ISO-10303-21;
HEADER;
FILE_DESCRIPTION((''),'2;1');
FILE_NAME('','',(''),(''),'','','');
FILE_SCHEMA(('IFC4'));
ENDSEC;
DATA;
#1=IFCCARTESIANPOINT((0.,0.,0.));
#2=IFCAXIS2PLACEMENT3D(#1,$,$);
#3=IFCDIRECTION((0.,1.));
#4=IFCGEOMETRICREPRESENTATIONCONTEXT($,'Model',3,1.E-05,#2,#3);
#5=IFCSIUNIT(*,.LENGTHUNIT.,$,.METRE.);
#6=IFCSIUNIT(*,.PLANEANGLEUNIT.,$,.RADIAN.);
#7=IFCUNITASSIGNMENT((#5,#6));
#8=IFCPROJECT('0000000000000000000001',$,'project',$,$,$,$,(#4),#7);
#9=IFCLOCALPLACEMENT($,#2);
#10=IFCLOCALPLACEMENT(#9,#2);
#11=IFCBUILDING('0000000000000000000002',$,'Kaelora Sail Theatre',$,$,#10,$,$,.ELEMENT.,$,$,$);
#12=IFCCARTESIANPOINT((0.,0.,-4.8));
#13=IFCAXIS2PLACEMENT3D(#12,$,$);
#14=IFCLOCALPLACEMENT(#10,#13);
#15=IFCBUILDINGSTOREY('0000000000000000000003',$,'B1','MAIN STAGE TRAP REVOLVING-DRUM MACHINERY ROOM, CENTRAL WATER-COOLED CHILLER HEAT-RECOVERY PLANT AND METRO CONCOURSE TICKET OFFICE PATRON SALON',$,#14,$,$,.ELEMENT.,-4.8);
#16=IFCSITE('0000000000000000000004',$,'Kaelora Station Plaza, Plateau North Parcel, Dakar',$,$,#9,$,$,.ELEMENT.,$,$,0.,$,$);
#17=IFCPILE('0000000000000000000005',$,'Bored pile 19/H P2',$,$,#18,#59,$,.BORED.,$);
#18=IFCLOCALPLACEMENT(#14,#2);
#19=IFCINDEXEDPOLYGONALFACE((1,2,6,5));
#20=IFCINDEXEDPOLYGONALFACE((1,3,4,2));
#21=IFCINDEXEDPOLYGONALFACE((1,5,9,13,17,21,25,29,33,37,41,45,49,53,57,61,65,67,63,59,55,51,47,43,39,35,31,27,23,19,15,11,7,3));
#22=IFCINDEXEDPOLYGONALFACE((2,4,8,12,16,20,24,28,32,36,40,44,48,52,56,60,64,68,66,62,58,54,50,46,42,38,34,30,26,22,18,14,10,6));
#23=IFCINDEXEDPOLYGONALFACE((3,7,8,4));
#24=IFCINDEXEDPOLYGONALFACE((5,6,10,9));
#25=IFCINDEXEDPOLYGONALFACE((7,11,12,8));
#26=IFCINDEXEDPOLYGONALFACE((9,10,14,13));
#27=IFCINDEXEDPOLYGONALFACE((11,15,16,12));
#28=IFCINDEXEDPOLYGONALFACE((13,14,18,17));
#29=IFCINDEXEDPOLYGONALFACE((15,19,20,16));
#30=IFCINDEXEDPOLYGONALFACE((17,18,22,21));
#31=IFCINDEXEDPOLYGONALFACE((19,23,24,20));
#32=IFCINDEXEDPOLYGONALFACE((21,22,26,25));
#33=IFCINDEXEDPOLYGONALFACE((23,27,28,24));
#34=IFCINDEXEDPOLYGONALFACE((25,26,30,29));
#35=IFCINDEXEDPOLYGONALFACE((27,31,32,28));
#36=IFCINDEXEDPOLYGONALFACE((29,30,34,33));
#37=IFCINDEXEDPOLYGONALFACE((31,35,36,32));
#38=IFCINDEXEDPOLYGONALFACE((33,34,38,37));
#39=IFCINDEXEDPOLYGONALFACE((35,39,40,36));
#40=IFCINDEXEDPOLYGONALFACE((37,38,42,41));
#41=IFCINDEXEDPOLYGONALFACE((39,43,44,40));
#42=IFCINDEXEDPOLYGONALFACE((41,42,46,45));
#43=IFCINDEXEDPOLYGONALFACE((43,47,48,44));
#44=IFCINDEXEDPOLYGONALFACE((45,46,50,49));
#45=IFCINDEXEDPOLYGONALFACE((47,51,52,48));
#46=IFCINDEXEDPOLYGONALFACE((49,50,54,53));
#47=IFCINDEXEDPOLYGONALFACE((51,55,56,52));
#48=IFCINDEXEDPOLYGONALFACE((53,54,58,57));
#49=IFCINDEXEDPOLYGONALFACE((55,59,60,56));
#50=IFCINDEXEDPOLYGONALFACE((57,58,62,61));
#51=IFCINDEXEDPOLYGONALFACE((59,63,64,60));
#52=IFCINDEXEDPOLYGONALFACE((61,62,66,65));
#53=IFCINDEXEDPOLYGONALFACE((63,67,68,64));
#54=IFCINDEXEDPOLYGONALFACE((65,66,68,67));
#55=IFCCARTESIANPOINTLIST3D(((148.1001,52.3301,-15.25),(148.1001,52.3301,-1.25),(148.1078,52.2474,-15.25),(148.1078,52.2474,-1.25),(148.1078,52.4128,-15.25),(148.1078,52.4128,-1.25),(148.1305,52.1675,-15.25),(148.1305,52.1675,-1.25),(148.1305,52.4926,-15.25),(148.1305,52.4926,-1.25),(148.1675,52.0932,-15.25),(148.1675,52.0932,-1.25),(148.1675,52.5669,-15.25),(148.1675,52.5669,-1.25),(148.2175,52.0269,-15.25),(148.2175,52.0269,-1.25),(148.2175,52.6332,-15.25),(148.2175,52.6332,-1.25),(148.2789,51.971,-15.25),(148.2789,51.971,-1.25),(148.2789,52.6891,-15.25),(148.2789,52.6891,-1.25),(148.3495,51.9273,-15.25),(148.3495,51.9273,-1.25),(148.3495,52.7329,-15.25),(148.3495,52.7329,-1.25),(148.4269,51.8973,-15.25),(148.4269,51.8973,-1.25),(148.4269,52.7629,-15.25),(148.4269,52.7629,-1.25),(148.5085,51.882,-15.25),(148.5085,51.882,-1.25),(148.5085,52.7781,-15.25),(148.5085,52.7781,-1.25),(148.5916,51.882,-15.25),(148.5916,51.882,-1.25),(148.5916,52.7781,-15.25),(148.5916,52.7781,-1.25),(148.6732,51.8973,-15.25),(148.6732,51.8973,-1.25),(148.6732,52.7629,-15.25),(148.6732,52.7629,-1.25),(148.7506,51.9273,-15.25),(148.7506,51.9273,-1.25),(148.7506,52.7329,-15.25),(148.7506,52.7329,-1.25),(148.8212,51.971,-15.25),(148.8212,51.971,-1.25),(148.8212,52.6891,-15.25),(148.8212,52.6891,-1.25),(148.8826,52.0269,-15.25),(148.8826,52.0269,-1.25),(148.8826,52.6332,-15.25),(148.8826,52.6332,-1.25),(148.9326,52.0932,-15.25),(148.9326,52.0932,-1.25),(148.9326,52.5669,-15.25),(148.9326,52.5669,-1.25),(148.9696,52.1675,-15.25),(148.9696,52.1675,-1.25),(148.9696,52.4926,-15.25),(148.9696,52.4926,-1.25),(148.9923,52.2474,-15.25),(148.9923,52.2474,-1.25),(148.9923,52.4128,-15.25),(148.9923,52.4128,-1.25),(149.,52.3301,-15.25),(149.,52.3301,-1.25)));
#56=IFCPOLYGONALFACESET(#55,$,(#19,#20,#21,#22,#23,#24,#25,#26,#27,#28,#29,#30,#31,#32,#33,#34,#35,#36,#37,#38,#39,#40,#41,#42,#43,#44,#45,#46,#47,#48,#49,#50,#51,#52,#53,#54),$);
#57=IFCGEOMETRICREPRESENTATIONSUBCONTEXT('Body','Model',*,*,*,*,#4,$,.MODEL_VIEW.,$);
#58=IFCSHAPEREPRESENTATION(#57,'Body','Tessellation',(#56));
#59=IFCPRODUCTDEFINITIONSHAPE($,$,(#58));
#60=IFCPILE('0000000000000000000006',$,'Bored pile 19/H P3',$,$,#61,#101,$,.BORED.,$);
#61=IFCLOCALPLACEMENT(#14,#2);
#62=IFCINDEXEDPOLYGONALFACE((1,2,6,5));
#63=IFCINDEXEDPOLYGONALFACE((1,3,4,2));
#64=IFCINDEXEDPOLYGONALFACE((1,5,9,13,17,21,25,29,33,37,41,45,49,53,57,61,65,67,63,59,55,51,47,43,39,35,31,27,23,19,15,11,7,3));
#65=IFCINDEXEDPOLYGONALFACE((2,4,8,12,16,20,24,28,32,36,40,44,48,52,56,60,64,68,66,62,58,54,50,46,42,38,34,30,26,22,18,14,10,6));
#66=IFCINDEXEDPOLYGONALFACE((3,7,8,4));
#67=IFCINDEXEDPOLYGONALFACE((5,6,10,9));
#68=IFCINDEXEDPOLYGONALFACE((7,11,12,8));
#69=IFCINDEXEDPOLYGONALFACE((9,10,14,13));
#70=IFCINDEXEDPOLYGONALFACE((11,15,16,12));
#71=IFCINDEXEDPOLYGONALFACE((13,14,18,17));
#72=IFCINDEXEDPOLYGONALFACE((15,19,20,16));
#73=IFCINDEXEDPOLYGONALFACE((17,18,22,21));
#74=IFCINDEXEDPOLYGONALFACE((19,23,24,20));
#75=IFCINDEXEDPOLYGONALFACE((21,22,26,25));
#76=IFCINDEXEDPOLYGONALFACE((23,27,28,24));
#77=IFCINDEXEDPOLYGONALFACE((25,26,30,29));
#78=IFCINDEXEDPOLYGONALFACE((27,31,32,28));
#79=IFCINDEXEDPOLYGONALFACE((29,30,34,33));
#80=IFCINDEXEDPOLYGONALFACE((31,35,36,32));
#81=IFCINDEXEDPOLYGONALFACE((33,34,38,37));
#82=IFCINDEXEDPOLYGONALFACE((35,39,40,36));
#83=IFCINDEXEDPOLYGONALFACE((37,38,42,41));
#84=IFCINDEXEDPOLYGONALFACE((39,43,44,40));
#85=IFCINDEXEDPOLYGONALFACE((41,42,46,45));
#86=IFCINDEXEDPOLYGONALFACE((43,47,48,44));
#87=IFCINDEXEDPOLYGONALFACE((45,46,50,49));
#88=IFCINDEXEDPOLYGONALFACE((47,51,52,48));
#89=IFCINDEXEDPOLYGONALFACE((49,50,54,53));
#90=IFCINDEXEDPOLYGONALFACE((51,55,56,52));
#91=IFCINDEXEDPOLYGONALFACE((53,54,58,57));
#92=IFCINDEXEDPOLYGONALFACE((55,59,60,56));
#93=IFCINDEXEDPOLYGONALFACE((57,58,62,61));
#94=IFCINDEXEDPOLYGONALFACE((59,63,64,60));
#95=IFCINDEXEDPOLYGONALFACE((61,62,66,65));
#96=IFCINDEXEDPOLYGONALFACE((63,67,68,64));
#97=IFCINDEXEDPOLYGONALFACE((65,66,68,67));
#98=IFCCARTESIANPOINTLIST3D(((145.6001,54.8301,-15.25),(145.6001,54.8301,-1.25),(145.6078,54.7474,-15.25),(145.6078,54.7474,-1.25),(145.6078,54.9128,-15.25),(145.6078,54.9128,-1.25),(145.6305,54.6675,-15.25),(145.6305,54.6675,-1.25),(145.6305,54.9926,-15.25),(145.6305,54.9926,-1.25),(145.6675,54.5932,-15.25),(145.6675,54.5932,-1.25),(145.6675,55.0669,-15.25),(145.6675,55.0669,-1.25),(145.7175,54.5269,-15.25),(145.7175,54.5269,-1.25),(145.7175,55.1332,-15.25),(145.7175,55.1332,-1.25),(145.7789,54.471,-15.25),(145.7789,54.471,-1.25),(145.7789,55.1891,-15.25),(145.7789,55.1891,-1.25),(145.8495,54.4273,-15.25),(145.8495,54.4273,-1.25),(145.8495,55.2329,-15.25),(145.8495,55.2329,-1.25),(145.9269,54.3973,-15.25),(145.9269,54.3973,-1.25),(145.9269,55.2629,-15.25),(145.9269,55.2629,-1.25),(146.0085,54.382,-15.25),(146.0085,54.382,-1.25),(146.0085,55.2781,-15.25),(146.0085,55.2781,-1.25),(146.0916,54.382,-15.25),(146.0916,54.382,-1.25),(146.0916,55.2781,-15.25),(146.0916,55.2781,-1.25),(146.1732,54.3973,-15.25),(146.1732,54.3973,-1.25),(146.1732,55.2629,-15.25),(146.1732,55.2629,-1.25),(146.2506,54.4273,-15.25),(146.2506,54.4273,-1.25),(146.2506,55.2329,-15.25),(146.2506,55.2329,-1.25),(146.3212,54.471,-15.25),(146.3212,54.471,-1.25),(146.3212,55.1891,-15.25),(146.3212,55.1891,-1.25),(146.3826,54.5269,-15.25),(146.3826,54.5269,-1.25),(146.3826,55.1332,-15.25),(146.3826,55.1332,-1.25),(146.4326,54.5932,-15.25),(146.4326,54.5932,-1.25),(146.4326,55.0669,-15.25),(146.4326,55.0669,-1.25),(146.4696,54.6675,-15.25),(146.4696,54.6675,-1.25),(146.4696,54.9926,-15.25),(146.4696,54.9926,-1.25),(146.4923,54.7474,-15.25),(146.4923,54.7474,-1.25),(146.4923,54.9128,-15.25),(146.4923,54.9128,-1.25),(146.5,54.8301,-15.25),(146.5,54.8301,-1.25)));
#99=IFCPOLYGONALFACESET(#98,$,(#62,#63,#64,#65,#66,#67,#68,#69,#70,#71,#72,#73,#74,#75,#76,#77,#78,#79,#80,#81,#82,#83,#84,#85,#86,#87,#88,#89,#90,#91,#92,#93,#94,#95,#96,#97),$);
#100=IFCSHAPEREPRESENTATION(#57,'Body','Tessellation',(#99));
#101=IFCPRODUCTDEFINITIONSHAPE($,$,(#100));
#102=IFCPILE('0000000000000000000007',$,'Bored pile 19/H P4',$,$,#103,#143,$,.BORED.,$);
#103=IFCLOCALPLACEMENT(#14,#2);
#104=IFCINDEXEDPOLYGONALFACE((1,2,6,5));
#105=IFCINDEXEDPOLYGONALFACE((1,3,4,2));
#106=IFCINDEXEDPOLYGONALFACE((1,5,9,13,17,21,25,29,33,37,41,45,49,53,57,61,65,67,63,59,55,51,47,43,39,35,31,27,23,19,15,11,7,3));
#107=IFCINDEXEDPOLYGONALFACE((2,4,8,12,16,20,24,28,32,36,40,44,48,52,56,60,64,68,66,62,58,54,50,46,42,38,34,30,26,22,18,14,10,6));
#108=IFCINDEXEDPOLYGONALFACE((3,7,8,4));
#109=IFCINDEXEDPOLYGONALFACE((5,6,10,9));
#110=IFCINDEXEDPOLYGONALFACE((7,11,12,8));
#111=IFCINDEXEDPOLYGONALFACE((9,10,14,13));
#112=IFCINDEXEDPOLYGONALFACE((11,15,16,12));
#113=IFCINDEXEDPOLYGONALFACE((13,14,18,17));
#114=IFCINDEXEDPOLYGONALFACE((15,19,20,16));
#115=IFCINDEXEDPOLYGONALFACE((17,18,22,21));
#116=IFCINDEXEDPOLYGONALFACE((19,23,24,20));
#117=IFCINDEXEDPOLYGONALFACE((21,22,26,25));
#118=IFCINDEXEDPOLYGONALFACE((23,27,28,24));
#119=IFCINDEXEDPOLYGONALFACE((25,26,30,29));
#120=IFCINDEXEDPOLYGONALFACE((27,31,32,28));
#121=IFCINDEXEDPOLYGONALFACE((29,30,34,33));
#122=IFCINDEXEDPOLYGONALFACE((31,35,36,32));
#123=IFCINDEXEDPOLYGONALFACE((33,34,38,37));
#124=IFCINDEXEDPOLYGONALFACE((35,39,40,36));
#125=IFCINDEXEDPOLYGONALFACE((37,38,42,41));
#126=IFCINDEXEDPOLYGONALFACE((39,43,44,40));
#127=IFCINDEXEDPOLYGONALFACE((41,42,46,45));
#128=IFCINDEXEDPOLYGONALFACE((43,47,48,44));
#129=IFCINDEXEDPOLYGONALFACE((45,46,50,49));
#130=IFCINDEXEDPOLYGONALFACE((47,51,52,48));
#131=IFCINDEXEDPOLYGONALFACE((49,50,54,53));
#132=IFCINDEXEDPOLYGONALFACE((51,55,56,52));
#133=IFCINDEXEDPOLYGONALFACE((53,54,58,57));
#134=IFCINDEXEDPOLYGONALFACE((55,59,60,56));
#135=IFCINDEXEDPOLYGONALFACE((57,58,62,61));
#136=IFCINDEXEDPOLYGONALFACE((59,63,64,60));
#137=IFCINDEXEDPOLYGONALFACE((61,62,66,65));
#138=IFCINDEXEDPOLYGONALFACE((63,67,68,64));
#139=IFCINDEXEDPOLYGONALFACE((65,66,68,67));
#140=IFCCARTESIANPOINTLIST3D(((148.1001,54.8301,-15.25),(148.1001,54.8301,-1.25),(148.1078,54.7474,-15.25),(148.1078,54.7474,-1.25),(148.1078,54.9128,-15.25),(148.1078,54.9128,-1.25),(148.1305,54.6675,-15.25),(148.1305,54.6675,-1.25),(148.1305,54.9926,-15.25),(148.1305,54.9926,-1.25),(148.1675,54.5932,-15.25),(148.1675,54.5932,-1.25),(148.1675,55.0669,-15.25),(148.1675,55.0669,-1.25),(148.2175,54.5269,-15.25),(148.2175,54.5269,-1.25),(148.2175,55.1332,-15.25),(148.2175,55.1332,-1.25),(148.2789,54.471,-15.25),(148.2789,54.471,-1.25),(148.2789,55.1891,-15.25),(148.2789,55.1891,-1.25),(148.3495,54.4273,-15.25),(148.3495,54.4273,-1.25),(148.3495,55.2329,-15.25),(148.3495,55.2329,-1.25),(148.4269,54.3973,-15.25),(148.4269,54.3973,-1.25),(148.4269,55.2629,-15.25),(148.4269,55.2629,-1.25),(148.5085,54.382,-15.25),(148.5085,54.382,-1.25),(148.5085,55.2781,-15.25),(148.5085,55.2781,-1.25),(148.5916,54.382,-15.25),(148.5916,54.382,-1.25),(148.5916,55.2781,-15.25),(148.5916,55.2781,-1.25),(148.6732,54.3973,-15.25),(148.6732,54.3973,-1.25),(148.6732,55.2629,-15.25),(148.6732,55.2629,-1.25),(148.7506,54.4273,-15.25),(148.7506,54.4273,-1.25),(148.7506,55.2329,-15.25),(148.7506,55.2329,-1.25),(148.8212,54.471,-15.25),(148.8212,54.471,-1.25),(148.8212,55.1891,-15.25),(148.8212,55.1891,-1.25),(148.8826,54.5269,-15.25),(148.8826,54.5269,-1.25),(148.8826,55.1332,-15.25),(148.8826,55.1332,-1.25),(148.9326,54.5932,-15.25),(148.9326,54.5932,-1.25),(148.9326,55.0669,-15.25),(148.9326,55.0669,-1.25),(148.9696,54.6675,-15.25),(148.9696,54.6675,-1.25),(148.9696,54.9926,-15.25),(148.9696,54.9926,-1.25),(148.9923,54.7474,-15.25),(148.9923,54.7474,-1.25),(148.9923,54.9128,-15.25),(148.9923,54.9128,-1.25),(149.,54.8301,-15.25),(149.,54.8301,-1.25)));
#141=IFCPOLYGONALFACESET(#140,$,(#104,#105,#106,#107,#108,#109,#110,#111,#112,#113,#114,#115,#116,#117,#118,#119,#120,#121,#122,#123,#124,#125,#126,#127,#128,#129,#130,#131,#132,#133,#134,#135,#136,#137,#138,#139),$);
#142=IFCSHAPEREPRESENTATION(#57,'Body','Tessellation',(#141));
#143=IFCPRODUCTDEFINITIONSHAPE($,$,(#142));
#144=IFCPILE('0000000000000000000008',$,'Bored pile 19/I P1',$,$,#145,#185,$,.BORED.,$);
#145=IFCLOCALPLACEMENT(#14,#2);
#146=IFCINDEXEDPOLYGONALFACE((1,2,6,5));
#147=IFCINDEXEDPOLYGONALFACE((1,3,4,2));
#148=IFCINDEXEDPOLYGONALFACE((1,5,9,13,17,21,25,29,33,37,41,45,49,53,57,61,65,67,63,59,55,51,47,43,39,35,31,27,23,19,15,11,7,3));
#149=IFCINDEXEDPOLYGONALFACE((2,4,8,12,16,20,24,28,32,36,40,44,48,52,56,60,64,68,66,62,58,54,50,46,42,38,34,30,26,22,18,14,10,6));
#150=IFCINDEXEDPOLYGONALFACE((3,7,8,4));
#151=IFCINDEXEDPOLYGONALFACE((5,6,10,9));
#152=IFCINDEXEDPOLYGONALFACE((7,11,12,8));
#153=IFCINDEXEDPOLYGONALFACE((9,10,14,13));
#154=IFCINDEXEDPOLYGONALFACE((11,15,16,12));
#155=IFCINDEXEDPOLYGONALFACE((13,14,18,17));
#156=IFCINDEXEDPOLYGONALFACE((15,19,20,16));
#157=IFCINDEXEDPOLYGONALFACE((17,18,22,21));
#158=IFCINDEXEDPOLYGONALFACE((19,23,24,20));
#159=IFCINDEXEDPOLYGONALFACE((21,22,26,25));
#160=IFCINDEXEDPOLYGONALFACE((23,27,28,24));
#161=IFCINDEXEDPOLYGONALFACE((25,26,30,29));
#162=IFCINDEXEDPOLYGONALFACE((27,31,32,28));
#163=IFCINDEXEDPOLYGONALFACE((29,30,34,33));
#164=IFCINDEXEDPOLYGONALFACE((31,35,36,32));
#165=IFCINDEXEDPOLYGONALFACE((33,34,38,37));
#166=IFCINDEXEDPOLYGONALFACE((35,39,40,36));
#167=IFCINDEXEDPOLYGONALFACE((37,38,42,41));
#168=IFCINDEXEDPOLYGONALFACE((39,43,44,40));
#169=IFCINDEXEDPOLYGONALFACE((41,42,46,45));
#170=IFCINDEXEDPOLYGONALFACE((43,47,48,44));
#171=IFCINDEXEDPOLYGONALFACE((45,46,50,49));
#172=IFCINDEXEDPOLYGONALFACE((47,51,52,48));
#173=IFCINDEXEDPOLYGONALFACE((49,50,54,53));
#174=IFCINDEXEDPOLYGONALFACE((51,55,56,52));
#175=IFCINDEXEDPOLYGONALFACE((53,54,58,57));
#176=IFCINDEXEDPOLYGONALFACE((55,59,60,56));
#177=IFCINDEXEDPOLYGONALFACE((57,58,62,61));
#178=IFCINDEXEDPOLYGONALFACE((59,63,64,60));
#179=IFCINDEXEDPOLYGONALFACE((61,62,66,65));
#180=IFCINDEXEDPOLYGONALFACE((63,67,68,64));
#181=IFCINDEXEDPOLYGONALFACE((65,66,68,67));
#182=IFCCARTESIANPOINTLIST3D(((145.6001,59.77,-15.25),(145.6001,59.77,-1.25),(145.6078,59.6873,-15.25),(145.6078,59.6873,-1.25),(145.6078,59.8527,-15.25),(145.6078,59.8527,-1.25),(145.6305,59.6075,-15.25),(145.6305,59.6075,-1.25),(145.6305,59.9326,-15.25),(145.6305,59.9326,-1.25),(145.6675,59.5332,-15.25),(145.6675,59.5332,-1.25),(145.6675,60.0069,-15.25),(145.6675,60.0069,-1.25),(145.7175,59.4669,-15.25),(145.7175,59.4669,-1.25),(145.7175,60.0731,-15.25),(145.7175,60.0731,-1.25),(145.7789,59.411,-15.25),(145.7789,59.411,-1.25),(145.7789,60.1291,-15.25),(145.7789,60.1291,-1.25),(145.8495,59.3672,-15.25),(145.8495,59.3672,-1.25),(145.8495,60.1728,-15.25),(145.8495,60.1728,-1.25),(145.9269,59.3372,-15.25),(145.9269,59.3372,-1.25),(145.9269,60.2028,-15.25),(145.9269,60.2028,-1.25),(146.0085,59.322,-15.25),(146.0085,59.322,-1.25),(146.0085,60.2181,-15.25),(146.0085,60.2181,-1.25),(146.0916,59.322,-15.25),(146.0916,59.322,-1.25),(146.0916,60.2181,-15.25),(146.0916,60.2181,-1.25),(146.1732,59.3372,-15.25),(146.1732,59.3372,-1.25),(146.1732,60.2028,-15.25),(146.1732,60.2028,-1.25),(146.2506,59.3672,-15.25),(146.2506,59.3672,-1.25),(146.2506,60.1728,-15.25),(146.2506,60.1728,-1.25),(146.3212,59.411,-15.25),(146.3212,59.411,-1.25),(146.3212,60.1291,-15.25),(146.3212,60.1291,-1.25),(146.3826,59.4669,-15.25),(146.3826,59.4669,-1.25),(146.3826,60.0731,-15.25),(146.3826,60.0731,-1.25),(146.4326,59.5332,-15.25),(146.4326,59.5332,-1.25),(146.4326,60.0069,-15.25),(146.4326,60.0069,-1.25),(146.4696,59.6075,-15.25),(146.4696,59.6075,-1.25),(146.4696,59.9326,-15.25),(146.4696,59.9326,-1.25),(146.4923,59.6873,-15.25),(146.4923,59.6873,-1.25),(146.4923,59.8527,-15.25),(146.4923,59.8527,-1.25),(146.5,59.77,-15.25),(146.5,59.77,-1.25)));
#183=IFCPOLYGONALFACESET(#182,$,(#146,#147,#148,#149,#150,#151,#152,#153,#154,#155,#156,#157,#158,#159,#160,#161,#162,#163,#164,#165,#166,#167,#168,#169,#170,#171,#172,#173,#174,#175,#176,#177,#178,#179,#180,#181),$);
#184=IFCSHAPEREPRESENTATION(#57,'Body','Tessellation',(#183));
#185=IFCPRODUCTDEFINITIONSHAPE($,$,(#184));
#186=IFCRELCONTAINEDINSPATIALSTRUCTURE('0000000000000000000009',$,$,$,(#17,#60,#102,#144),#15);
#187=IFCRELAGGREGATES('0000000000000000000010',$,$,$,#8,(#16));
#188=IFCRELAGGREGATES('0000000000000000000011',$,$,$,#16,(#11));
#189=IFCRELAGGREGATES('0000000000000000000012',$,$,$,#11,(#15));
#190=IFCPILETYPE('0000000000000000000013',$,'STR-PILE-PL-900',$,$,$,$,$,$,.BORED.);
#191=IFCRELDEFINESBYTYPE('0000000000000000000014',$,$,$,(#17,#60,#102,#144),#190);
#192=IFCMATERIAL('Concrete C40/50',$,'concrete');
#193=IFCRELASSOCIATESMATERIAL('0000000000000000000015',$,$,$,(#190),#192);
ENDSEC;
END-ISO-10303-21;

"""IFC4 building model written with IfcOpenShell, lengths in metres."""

from ifc_helpers import new_model, si_unit, direction, frame, origin, origin_2d, place, context, subcontext, project, spatial, circle, extrude, material, material_profile, profile_set, type_object, element, save


model = new_model("IFC4")

# Units and contexts
model_context = context("Model", 3, precision=1e-05, world=origin(), true_north=direction((0.0, 1.0)))
body_context = subcontext(model_context, "Body", "Model", "MODEL_VIEW")
ifc_project = project(units=[si_unit("LENGTHUNIT", "METRE"), si_unit("PLANEANGLEUNIT", "RADIAN")], contexts=[model_context])

# Site, building, storey
site_placement = place(None, origin())
site = spatial("IfcSite", under=ifc_project, at=site_placement, Name="Kaelora Station Plaza, Plateau North Parcel, Dakar", CompositionType="ELEMENT", RefElevation=0.0)
building_placement = place(site_placement, origin())
building = spatial("IfcBuilding", under=site, at=building_placement, Name="Kaelora Sail Theatre", CompositionType="ELEMENT")
storey_placement = place(building_placement, frame((0.0, 0.0, -4.8)))
storey = spatial("IfcBuildingStorey", under=building, at=storey_placement, Name="B1", Description="MAIN STAGE TRAP REVOLVING-DRUM MACHINERY ROOM, CENTRAL WATER-COOLED CHILLER HEAT-RECOVERY PLANT AND METRO CONCOURSE TICKET OFFICE PATRON SALON", CompositionType="ELEMENT", Elevation=-4.8)

# Piles
ifc_material_1 = material(Name="Concrete C40/50", Category="concrete")
ifc_material_profile_1 = material_profile(ifc_material_1, circle(Radius=0.45, at=origin_2d()), Name="PILE D900")
ifc_profile_set_1 = profile_set([ifc_material_profile_1], Name="Concrete C40/50")
pile_type = type_object("IfcPileType", Name="STR-PILE-PL-900", PredefinedType="BORED", material=ifc_profile_set_1)
for number, where, z_axis, x_axis, name in (
    (1, (148.55, 52.3301, -1.25), (0.0, 0.0, -1.0), (1.0, 0.0, 0.0), "Bored pile 19/H P2"),
    (2, (146.05, 54.8301, -1.25), (0.0, 0.0, -1.0), (1.0, 0.0, 0.0), "Bored pile 19/H P3"),
    (3, (148.55, 54.8301, -1.25), (0.0, 0.0, -1.0), (1.0, 0.0, 0.0), "Bored pile 19/H P4"),
    (4, (146.05, 59.77, -1.25), (0.0, 0.0, -1.0), (1.0, 0.0, 0.0), "Bored pile 19/I P1"),
):
    element("IfcPile", number, at=place(storey_placement, frame(where, z_axis=z_axis, x_axis=x_axis)), inside=storey, type_object=pile_type, Name=name, PredefinedType="BORED", context=body_context, shape_type="SweptSolid", body=[
        extrude(circle(Radius=0.45, at=origin_2d()), origin(), (0.0, 0.0, 1.0), 14.0),
    ])

save(model, "model.ifc")
